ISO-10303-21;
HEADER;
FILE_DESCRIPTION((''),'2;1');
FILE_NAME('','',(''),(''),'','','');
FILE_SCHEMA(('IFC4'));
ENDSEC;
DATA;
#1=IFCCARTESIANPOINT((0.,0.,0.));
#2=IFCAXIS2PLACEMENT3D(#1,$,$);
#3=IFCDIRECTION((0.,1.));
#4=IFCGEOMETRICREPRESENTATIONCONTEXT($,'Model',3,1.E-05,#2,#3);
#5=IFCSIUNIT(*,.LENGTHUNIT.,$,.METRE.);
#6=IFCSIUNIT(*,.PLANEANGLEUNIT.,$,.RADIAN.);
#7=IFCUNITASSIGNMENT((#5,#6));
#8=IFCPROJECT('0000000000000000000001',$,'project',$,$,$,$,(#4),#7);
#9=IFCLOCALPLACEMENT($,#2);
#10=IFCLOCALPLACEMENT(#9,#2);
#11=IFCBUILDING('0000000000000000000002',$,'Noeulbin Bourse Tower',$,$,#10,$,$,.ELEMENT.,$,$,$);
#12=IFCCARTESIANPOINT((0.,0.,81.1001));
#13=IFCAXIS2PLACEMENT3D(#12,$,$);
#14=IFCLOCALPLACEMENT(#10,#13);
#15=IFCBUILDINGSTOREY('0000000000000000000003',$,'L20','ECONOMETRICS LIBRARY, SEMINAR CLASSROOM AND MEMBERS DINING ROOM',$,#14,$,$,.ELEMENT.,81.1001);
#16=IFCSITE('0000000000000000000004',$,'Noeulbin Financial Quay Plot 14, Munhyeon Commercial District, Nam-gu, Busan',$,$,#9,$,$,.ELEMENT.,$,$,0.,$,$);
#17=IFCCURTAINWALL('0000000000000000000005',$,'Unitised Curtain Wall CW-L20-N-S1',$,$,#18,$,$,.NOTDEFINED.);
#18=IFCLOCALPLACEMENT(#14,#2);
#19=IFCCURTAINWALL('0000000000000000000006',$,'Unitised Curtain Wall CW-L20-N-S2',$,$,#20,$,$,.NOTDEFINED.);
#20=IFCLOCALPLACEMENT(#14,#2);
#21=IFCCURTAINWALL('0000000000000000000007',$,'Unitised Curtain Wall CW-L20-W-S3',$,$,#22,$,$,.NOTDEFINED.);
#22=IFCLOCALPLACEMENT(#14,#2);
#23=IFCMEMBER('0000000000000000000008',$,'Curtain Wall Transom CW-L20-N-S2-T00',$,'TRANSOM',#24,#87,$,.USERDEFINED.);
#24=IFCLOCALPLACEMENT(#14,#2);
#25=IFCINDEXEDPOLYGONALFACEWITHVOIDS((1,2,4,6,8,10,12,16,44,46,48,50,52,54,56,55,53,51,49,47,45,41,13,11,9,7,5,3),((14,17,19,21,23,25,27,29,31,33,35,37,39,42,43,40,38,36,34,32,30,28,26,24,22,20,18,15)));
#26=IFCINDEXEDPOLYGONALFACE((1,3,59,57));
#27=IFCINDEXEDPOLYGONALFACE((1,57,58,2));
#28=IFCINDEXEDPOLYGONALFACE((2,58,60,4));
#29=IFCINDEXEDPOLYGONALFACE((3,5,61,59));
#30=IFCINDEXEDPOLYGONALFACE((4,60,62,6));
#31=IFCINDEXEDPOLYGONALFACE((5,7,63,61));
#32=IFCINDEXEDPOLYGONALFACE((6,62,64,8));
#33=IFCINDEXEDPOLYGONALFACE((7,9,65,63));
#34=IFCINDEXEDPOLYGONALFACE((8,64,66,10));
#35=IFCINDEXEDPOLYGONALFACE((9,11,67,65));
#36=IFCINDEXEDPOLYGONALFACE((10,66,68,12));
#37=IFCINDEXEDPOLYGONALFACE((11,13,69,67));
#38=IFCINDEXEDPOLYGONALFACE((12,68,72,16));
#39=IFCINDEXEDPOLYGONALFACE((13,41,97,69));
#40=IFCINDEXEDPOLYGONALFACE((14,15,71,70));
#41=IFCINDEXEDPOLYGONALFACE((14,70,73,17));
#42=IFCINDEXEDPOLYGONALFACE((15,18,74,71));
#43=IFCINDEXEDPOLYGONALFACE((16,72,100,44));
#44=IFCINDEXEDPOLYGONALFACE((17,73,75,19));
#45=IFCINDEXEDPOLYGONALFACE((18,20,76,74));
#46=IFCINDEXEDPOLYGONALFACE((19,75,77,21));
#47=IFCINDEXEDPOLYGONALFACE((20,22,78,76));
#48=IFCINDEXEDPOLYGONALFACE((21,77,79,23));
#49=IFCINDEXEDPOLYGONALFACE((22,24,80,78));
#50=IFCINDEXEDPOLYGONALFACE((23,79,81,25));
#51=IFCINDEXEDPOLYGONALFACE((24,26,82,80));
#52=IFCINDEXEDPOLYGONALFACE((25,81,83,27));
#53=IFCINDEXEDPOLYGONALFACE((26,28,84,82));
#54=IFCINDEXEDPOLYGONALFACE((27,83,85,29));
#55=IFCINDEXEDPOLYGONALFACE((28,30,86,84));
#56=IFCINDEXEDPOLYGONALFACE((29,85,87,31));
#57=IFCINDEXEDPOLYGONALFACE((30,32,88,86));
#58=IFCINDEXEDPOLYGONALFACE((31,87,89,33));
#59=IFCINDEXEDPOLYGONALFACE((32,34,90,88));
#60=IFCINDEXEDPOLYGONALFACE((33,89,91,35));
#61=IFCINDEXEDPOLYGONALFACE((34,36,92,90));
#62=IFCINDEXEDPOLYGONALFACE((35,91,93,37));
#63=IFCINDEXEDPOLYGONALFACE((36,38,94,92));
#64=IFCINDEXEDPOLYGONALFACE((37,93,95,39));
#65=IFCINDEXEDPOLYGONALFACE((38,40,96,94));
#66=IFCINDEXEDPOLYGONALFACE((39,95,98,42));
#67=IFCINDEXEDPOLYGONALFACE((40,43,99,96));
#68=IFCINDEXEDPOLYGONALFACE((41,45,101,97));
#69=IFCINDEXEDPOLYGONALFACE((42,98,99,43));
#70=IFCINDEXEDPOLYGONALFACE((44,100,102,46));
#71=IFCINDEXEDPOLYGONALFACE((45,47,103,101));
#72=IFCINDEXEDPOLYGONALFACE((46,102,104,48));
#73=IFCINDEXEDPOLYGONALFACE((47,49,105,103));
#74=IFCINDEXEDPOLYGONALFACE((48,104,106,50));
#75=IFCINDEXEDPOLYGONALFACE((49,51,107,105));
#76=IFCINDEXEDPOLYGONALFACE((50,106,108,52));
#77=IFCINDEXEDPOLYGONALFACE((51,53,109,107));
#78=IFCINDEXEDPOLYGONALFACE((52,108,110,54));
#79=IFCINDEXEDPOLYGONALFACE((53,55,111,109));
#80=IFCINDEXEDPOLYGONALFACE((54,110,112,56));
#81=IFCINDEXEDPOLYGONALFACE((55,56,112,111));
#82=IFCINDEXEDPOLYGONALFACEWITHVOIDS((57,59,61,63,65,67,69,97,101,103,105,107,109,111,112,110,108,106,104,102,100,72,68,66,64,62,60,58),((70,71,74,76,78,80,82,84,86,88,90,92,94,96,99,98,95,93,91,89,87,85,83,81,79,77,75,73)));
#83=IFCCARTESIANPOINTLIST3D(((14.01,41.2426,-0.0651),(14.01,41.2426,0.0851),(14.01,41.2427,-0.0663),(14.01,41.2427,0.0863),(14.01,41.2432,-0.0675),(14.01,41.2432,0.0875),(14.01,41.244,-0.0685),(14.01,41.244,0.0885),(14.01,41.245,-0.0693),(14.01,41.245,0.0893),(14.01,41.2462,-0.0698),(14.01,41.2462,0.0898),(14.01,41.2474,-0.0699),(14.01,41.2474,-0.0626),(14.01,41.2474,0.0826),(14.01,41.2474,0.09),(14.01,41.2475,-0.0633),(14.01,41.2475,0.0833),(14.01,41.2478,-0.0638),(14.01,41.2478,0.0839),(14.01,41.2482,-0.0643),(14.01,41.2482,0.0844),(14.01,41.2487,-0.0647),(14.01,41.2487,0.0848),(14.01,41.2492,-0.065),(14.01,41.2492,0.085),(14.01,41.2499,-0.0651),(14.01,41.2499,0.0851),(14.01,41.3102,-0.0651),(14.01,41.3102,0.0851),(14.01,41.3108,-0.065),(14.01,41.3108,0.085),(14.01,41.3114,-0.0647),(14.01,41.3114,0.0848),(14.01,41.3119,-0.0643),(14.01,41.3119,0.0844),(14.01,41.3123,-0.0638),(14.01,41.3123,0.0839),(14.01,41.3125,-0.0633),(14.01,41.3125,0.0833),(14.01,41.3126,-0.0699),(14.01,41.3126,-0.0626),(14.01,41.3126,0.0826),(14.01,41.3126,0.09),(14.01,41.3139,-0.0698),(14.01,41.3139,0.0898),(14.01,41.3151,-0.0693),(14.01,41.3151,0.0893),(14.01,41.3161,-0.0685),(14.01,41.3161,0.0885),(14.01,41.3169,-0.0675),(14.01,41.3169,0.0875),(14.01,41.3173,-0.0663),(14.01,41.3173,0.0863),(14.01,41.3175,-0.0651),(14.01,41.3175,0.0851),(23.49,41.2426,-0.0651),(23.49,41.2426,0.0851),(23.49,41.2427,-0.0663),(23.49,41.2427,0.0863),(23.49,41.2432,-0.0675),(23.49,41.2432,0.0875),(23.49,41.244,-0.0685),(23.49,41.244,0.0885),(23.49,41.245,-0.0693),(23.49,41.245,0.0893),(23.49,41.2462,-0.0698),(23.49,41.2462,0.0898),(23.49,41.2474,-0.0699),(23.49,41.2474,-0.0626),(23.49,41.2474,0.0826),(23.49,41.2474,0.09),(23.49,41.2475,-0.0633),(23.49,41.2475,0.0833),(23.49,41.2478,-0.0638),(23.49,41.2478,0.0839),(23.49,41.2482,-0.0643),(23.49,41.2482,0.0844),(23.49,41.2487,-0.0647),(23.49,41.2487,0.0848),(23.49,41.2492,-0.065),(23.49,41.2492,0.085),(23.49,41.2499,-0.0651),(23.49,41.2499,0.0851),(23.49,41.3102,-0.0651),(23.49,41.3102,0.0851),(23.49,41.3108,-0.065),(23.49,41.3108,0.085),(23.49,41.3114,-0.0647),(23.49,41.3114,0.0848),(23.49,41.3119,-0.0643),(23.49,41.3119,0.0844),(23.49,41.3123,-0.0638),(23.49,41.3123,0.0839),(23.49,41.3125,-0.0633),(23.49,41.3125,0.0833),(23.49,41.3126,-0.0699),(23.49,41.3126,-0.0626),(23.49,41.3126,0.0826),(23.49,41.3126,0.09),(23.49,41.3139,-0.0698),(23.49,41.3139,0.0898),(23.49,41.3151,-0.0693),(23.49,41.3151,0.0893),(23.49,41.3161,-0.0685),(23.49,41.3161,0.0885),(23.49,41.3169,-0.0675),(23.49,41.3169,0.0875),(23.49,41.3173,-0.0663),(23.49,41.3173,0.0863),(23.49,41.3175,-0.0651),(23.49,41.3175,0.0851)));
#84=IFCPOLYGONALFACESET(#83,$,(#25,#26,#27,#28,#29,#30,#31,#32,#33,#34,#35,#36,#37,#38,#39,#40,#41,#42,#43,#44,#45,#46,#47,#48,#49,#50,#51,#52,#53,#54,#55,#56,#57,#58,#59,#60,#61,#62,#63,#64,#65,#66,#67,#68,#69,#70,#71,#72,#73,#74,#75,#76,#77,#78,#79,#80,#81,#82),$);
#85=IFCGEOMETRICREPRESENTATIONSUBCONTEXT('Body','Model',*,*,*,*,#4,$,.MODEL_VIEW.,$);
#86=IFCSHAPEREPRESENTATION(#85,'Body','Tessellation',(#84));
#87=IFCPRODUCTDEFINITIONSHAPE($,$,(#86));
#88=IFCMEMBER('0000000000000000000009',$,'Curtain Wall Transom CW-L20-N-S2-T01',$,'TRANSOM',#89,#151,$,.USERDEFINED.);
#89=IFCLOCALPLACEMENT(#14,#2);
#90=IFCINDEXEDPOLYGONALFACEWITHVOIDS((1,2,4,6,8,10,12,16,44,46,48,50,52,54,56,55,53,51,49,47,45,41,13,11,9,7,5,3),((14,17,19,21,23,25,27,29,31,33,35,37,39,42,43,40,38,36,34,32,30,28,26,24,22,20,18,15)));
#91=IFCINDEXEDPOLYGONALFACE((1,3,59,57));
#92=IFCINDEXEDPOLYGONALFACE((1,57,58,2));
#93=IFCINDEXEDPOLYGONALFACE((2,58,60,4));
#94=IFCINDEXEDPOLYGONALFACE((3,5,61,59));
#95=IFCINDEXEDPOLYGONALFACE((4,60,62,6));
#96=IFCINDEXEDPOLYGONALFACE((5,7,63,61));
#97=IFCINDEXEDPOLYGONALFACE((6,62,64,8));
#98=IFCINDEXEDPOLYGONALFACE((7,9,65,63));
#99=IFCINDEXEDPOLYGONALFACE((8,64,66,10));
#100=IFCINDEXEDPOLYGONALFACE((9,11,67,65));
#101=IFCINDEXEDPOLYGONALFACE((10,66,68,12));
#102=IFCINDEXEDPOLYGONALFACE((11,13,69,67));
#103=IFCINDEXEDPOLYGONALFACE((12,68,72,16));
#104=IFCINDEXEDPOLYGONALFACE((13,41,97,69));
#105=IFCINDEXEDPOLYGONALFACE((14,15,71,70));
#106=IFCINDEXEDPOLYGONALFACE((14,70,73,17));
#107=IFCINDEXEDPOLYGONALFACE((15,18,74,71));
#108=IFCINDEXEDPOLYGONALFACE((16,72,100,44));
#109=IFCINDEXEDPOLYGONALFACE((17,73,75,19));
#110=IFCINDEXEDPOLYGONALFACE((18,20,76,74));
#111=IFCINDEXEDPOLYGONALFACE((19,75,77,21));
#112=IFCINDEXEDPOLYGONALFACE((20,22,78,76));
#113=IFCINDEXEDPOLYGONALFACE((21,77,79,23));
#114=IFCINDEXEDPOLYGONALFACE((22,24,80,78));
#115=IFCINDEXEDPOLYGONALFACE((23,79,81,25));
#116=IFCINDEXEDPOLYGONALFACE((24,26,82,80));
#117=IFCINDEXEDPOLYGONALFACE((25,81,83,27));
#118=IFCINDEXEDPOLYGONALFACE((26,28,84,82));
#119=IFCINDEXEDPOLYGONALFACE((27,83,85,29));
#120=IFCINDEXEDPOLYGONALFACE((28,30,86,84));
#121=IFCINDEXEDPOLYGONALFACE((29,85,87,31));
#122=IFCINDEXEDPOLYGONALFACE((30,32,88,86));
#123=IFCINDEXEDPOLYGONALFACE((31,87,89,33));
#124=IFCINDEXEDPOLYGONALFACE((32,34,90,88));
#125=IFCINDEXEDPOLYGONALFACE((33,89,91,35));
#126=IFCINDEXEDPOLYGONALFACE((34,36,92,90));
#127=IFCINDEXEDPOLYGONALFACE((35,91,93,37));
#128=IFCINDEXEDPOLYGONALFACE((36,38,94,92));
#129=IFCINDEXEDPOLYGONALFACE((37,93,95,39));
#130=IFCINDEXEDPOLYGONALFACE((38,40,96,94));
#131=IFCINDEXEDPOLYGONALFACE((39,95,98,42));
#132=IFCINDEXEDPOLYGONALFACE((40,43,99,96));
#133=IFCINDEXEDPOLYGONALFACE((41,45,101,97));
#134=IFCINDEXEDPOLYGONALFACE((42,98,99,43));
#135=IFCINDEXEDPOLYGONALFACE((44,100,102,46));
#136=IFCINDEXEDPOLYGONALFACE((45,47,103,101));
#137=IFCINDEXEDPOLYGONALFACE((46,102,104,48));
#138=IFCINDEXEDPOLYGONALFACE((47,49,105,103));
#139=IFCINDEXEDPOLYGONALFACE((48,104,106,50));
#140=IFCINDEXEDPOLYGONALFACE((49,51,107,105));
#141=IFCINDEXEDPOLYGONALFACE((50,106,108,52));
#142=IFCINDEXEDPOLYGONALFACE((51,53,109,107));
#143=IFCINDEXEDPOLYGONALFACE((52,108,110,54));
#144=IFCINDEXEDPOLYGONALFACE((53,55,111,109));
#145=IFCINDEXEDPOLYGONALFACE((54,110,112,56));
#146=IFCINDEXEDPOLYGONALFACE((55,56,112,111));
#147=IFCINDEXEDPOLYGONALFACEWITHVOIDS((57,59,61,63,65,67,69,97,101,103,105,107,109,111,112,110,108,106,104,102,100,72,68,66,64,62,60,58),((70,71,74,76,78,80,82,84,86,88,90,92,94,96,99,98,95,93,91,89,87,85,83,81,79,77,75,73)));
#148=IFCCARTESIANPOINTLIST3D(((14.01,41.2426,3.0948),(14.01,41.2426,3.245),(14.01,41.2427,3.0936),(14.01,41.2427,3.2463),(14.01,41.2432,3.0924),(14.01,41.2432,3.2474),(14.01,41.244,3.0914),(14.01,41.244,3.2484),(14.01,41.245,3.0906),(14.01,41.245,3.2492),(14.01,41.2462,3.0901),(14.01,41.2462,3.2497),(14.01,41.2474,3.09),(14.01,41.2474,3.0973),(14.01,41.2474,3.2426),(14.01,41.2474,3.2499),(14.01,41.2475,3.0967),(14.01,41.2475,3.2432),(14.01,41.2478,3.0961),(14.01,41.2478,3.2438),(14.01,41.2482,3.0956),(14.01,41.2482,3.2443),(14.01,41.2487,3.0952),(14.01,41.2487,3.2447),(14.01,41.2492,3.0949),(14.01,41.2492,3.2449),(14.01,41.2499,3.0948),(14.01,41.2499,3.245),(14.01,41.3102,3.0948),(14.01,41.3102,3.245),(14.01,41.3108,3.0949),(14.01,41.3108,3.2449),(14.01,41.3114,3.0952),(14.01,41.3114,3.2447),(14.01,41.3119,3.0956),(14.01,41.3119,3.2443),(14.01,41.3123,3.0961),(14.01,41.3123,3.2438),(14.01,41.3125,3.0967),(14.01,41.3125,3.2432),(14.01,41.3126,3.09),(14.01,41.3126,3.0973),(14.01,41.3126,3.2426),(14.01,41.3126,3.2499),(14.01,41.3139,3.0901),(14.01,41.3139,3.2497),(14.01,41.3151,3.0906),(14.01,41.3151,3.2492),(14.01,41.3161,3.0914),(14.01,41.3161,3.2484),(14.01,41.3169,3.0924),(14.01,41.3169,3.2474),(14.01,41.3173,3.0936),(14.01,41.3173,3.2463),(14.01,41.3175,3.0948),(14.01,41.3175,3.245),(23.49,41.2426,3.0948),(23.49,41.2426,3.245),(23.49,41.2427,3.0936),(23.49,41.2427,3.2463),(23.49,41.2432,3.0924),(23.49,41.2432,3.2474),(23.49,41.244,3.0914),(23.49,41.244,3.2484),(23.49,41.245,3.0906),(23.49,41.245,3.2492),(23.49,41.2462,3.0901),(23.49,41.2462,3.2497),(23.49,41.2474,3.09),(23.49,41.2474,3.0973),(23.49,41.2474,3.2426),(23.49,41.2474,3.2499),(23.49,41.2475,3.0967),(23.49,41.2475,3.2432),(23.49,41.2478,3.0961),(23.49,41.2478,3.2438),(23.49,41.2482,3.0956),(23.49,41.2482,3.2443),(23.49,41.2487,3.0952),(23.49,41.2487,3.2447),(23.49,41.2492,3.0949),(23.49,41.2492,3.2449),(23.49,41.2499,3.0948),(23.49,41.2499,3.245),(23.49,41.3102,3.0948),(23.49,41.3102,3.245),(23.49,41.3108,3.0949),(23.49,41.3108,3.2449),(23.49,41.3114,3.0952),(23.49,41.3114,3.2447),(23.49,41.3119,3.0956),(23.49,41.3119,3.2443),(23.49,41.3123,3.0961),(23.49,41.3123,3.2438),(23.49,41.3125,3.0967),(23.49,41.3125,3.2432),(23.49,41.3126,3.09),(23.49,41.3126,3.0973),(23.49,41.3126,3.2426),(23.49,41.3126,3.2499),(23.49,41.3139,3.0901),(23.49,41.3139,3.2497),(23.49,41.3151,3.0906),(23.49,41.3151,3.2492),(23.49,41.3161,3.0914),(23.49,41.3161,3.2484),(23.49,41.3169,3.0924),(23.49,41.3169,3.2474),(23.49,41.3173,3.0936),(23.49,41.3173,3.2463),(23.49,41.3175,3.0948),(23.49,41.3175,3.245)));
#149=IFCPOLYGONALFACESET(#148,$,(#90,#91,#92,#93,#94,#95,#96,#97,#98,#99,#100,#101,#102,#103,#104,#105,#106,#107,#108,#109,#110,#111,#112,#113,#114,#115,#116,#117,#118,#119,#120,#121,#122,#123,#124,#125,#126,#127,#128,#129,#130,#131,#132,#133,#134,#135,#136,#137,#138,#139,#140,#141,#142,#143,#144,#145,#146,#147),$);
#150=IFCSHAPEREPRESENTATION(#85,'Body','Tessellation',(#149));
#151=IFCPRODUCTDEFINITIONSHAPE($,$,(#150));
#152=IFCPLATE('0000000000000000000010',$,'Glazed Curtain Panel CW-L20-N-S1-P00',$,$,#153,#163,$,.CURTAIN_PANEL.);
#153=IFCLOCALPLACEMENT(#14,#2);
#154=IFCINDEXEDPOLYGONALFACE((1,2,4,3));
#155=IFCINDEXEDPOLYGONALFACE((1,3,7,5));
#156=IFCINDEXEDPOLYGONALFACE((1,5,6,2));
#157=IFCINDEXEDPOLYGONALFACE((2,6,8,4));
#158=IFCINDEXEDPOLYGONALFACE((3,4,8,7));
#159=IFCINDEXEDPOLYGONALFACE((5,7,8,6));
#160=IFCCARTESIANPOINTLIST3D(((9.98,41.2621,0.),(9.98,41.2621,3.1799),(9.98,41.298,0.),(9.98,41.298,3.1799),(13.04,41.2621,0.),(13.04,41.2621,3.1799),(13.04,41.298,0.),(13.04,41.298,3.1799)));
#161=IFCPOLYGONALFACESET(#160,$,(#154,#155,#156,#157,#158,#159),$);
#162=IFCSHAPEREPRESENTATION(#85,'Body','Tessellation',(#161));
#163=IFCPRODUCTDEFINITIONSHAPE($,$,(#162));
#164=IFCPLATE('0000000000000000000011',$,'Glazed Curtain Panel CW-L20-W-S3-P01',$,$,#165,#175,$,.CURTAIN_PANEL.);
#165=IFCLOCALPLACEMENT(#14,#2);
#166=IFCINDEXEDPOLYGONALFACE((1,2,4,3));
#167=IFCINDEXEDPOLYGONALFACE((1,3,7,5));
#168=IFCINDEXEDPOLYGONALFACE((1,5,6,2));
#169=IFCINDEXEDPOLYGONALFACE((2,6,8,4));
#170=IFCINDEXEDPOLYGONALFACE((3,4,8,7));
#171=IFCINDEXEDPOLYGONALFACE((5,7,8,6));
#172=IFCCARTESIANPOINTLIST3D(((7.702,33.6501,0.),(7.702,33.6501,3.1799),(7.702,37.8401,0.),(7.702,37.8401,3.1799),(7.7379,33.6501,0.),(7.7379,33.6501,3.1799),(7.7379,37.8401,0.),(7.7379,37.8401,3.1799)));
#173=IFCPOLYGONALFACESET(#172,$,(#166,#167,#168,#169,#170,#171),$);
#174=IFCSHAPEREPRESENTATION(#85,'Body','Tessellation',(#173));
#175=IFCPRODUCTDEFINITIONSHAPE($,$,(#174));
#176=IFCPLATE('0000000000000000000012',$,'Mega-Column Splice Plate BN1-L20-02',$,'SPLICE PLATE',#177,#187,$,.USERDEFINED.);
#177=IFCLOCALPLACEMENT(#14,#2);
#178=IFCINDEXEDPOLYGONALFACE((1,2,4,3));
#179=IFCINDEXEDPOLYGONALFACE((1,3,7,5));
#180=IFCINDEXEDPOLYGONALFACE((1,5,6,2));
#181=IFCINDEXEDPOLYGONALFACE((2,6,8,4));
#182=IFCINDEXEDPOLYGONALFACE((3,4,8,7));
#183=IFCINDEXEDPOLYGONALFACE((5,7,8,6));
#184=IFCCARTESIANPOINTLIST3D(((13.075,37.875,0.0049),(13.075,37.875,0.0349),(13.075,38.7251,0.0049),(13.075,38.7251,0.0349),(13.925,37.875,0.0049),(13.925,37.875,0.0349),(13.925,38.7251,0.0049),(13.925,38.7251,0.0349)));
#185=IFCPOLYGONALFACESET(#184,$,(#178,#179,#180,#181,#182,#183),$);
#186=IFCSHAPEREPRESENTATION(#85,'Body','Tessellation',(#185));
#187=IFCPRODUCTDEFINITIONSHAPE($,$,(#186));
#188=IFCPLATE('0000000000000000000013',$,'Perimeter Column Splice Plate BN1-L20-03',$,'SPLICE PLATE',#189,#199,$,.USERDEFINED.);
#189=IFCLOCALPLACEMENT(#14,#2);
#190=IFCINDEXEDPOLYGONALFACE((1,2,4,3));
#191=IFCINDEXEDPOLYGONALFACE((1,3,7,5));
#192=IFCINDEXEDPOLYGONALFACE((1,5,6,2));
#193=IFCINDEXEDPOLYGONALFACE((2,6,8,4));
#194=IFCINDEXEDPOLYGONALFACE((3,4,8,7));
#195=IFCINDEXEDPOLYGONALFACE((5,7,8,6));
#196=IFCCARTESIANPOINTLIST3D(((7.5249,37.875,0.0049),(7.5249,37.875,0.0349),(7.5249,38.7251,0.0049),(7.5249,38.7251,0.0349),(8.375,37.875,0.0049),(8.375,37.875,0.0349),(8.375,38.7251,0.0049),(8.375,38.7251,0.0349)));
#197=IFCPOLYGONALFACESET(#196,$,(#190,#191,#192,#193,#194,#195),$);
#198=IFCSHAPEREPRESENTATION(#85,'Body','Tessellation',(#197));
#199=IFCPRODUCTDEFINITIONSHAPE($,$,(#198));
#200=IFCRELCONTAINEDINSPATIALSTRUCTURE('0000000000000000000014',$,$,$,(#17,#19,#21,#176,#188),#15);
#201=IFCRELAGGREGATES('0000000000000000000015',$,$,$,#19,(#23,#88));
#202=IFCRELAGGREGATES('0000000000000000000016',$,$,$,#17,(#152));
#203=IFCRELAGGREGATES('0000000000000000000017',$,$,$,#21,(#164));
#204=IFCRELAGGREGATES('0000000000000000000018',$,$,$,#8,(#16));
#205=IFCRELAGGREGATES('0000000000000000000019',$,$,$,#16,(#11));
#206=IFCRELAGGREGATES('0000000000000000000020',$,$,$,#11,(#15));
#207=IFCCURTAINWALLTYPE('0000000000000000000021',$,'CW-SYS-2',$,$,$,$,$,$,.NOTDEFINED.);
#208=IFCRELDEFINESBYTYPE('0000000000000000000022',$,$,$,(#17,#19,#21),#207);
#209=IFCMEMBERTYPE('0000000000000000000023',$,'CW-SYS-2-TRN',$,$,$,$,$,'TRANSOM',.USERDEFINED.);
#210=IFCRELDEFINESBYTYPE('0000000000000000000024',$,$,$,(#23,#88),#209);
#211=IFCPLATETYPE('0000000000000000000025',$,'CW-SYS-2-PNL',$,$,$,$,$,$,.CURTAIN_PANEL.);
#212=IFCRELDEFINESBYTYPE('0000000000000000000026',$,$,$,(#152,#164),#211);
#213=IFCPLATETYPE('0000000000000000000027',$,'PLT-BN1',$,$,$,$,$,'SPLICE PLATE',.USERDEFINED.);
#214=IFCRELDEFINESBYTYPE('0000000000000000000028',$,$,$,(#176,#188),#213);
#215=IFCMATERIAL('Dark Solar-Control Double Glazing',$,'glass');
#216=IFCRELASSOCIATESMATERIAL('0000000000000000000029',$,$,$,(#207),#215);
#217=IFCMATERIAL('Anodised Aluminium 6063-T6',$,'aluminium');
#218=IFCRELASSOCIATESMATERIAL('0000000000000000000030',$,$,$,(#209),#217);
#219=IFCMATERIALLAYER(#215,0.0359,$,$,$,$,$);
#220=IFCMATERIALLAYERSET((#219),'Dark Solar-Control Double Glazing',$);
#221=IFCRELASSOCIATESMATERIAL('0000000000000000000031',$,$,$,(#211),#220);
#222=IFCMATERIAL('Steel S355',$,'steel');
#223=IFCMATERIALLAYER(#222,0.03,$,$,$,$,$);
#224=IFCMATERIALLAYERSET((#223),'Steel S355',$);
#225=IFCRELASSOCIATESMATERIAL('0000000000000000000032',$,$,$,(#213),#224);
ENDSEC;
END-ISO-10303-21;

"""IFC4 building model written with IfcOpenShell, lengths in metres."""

from ifc_helpers import new_model, si_unit, direction, frame, origin, origin_2d, place, context, subcontext, project, spatial, rectangle, hollow_rectangle, extrude, material, layer, layer_set, material_profile, profile_set, type_object, element, aggregate, save


model = new_model("IFC4")

# Units and contexts
model_context = context("Model", 3, precision=1e-05, world=origin(), true_north=direction((0.0, 1.0)))
body_context = subcontext(model_context, "Body", "Model", "MODEL_VIEW")
ifc_project = project(units=[si_unit("LENGTHUNIT", "METRE"), si_unit("PLANEANGLEUNIT", "RADIAN")], contexts=[model_context])

# Site, building, storey
site_placement = place(None, origin())
site = spatial("IfcSite", under=ifc_project, at=site_placement, Name="Noeulbin Financial Quay Plot 14, Munhyeon Commercial District, Nam-gu, Busan", CompositionType="ELEMENT", RefElevation=0.0)
building_placement = place(site_placement, origin())
building = spatial("IfcBuilding", under=site, at=building_placement, Name="Noeulbin Bourse Tower", CompositionType="ELEMENT")
storey_placement = place(building_placement, frame((0.0, 0.0, 81.1001)))
storey = spatial("IfcBuildingStorey", under=building, at=storey_placement, Name="L20", Description="ECONOMETRICS LIBRARY, SEMINAR CLASSROOM AND MEMBERS DINING ROOM", CompositionType="ELEMENT", Elevation=81.1001)

# Shared definitions
ifc_material_1 = material(Name="Steel S355", Category="steel")

# Curtain wall
ifc_material_2 = material(Name="Dark Solar-Control Double Glazing", Category="glass")
curtain_wall_type = type_object("IfcCurtainWallType", Name="CW-SYS-2", PredefinedType="NOTDEFINED", material=ifc_material_2)
curtain_wall_1_placement = place(storey_placement, origin())
curtain_wall_1 = element("IfcCurtainWall", 1, at=curtain_wall_1_placement, inside=storey, type_object=curtain_wall_type, Name="Unitised Curtain Wall CW-L20-N-S1", PredefinedType="NOTDEFINED")
ifc_material_3 = material(Name="Anodised Aluminium 6063-T6", Category="aluminium")

# Curtain walls
curtain_wall_2_placement = place(storey_placement, origin())
curtain_wall_2 = element("IfcCurtainWall", 2, at=curtain_wall_2_placement, inside=storey, type_object=curtain_wall_type, Name="Unitised Curtain Wall CW-L20-N-S2", PredefinedType="NOTDEFINED")
curtain_wall_3_placement = place(storey_placement, origin())
curtain_wall_3 = element("IfcCurtainWall", 3, at=curtain_wall_3_placement, inside=storey, type_object=curtain_wall_type, Name="Unitised Curtain Wall CW-L20-W-S3", PredefinedType="NOTDEFINED")

# Members
ifc_material_profile_1 = material_profile(ifc_material_3, hollow_rectangle(XDim=0.075, YDim=0.1599, WallThickness=0.0049, InnerFilletRadius=0.0024, OuterFilletRadius=0.0049, at=origin_2d()), Name="ALU-TRAN-75x160x5", Category="LoadBearing")
ifc_profile_set_1 = profile_set([ifc_material_profile_1], Name="Anodised Aluminium 6063-T6")
member_type_1 = type_object("IfcMemberType", Name="CW-SYS-2-TRN", ElementType="TRANSOM", PredefinedType="USERDEFINED", material=ifc_profile_set_1)
member_1_placement = place(storey_placement, frame((14.01, 41.28, 0.01), z_axis=(1.0, 0.0, 0.0), x_axis=(0.0, 1.0, 0.0)))
member_1 = element("IfcMember", 4, at=member_1_placement, type_object=member_type_1, Name="Curtain Wall Transom CW-L20-N-S2-T00", ObjectType="TRANSOM", PredefinedType="USERDEFINED", context=body_context, shape_type="SweptSolid", body=[
    extrude(hollow_rectangle(XDim=0.075, YDim=0.1599, WallThickness=0.0049, InnerFilletRadius=0.0024, OuterFilletRadius=0.0049, at=origin_2d()), origin(), (0.0, 0.0, 1.0), 9.48),
])
member_2_placement = place(storey_placement, frame((14.01, 41.28, 3.1699), z_axis=(1.0, 0.0, 0.0), x_axis=(0.0, 1.0, 0.0)))
member_2 = element("IfcMember", 5, at=member_2_placement, type_object=member_type_1, Name="Curtain Wall Transom CW-L20-N-S2-T01", ObjectType="TRANSOM", PredefinedType="USERDEFINED", context=body_context, shape_type="SweptSolid", body=[
    extrude(hollow_rectangle(XDim=0.075, YDim=0.1599, WallThickness=0.0049, InnerFilletRadius=0.0024, OuterFilletRadius=0.0049, at=origin_2d()), origin(), (0.0, 0.0, 1.0), 9.48),
])
aggregate(curtain_wall_2, [member_1, member_2])

# Plates
ifc_layer_1 = layer(ifc_material_2, 0.0359)
ifc_layer_set_1 = layer_set([ifc_layer_1], Name="Dark Solar-Control Double Glazing")
plate_type_1 = type_object("IfcPlateType", Name="CW-SYS-2-PNL", PredefinedType="CURTAIN_PANEL", material=ifc_layer_set_1)
plate_1_placement = place(storey_placement, frame((11.51, 41.28, 0.0), z_axis=(0.0, 0.0, 1.0), x_axis=(1.0, 0.0, 0.0)))
plate_1 = element("IfcPlate", 6, at=plate_1_placement, type_object=plate_type_1, Name="Glazed Curtain Panel CW-L20-N-S1-P00", PredefinedType="CURTAIN_PANEL", context=body_context, shape_type="SweptSolid", body=[
    extrude(rectangle(XDim=3.0601, YDim=0.0359, at=origin_2d()), origin(), (0.0, 0.0, 1.0), 3.1799),
])
aggregate(curtain_wall_1, [plate_1])
plate_2_placement = place(storey_placement, frame((7.72, 35.7451, 0.0), z_axis=(0.0, 0.0, 1.0), x_axis=(0.0, 1.0, 0.0)))
plate_2 = element("IfcPlate", 7, at=plate_2_placement, type_object=plate_type_1, Name="Glazed Curtain Panel CW-L20-W-S3-P01", PredefinedType="CURTAIN_PANEL", context=body_context, shape_type="SweptSolid", body=[
    extrude(rectangle(XDim=4.1899, YDim=0.0359, at=origin_2d()), origin(), (0.0, 0.0, 1.0), 3.1799),
])
aggregate(curtain_wall_3, [plate_2])

# Plates
ifc_layer_2 = layer(ifc_material_1, 0.03)
ifc_layer_set_2 = layer_set([ifc_layer_2], Name="Steel S355")
plate_type_2 = type_object("IfcPlateType", Name="PLT-BN1", ElementType="SPLICE PLATE", PredefinedType="USERDEFINED", material=ifc_layer_set_2)
for number, where, z_axis, x_axis, name in (
    (8, (13.5, 38.3, 0.0049), (0.0, 0.0, 1.0), (1.0, 0.0, 0.0), "Mega-Column Splice Plate BN1-L20-02"),
    (9, (7.95, 38.3, 0.0049), (0.0, 0.0, 1.0), (1.0, 0.0, 0.0), "Perimeter Column Splice Plate BN1-L20-03"),
):
    element("IfcPlate", number, at=place(storey_placement, frame(where, z_axis=z_axis, x_axis=x_axis)), inside=storey, type_object=plate_type_2, Name=name, ObjectType="SPLICE PLATE", PredefinedType="USERDEFINED", context=body_context, shape_type="SweptSolid", body=[
        extrude(rectangle(XDim=0.8501, YDim=0.8501, at=origin_2d()), origin(), (0.0, 0.0, 1.0), 0.03),
    ])

save(model, "model.ifc")
